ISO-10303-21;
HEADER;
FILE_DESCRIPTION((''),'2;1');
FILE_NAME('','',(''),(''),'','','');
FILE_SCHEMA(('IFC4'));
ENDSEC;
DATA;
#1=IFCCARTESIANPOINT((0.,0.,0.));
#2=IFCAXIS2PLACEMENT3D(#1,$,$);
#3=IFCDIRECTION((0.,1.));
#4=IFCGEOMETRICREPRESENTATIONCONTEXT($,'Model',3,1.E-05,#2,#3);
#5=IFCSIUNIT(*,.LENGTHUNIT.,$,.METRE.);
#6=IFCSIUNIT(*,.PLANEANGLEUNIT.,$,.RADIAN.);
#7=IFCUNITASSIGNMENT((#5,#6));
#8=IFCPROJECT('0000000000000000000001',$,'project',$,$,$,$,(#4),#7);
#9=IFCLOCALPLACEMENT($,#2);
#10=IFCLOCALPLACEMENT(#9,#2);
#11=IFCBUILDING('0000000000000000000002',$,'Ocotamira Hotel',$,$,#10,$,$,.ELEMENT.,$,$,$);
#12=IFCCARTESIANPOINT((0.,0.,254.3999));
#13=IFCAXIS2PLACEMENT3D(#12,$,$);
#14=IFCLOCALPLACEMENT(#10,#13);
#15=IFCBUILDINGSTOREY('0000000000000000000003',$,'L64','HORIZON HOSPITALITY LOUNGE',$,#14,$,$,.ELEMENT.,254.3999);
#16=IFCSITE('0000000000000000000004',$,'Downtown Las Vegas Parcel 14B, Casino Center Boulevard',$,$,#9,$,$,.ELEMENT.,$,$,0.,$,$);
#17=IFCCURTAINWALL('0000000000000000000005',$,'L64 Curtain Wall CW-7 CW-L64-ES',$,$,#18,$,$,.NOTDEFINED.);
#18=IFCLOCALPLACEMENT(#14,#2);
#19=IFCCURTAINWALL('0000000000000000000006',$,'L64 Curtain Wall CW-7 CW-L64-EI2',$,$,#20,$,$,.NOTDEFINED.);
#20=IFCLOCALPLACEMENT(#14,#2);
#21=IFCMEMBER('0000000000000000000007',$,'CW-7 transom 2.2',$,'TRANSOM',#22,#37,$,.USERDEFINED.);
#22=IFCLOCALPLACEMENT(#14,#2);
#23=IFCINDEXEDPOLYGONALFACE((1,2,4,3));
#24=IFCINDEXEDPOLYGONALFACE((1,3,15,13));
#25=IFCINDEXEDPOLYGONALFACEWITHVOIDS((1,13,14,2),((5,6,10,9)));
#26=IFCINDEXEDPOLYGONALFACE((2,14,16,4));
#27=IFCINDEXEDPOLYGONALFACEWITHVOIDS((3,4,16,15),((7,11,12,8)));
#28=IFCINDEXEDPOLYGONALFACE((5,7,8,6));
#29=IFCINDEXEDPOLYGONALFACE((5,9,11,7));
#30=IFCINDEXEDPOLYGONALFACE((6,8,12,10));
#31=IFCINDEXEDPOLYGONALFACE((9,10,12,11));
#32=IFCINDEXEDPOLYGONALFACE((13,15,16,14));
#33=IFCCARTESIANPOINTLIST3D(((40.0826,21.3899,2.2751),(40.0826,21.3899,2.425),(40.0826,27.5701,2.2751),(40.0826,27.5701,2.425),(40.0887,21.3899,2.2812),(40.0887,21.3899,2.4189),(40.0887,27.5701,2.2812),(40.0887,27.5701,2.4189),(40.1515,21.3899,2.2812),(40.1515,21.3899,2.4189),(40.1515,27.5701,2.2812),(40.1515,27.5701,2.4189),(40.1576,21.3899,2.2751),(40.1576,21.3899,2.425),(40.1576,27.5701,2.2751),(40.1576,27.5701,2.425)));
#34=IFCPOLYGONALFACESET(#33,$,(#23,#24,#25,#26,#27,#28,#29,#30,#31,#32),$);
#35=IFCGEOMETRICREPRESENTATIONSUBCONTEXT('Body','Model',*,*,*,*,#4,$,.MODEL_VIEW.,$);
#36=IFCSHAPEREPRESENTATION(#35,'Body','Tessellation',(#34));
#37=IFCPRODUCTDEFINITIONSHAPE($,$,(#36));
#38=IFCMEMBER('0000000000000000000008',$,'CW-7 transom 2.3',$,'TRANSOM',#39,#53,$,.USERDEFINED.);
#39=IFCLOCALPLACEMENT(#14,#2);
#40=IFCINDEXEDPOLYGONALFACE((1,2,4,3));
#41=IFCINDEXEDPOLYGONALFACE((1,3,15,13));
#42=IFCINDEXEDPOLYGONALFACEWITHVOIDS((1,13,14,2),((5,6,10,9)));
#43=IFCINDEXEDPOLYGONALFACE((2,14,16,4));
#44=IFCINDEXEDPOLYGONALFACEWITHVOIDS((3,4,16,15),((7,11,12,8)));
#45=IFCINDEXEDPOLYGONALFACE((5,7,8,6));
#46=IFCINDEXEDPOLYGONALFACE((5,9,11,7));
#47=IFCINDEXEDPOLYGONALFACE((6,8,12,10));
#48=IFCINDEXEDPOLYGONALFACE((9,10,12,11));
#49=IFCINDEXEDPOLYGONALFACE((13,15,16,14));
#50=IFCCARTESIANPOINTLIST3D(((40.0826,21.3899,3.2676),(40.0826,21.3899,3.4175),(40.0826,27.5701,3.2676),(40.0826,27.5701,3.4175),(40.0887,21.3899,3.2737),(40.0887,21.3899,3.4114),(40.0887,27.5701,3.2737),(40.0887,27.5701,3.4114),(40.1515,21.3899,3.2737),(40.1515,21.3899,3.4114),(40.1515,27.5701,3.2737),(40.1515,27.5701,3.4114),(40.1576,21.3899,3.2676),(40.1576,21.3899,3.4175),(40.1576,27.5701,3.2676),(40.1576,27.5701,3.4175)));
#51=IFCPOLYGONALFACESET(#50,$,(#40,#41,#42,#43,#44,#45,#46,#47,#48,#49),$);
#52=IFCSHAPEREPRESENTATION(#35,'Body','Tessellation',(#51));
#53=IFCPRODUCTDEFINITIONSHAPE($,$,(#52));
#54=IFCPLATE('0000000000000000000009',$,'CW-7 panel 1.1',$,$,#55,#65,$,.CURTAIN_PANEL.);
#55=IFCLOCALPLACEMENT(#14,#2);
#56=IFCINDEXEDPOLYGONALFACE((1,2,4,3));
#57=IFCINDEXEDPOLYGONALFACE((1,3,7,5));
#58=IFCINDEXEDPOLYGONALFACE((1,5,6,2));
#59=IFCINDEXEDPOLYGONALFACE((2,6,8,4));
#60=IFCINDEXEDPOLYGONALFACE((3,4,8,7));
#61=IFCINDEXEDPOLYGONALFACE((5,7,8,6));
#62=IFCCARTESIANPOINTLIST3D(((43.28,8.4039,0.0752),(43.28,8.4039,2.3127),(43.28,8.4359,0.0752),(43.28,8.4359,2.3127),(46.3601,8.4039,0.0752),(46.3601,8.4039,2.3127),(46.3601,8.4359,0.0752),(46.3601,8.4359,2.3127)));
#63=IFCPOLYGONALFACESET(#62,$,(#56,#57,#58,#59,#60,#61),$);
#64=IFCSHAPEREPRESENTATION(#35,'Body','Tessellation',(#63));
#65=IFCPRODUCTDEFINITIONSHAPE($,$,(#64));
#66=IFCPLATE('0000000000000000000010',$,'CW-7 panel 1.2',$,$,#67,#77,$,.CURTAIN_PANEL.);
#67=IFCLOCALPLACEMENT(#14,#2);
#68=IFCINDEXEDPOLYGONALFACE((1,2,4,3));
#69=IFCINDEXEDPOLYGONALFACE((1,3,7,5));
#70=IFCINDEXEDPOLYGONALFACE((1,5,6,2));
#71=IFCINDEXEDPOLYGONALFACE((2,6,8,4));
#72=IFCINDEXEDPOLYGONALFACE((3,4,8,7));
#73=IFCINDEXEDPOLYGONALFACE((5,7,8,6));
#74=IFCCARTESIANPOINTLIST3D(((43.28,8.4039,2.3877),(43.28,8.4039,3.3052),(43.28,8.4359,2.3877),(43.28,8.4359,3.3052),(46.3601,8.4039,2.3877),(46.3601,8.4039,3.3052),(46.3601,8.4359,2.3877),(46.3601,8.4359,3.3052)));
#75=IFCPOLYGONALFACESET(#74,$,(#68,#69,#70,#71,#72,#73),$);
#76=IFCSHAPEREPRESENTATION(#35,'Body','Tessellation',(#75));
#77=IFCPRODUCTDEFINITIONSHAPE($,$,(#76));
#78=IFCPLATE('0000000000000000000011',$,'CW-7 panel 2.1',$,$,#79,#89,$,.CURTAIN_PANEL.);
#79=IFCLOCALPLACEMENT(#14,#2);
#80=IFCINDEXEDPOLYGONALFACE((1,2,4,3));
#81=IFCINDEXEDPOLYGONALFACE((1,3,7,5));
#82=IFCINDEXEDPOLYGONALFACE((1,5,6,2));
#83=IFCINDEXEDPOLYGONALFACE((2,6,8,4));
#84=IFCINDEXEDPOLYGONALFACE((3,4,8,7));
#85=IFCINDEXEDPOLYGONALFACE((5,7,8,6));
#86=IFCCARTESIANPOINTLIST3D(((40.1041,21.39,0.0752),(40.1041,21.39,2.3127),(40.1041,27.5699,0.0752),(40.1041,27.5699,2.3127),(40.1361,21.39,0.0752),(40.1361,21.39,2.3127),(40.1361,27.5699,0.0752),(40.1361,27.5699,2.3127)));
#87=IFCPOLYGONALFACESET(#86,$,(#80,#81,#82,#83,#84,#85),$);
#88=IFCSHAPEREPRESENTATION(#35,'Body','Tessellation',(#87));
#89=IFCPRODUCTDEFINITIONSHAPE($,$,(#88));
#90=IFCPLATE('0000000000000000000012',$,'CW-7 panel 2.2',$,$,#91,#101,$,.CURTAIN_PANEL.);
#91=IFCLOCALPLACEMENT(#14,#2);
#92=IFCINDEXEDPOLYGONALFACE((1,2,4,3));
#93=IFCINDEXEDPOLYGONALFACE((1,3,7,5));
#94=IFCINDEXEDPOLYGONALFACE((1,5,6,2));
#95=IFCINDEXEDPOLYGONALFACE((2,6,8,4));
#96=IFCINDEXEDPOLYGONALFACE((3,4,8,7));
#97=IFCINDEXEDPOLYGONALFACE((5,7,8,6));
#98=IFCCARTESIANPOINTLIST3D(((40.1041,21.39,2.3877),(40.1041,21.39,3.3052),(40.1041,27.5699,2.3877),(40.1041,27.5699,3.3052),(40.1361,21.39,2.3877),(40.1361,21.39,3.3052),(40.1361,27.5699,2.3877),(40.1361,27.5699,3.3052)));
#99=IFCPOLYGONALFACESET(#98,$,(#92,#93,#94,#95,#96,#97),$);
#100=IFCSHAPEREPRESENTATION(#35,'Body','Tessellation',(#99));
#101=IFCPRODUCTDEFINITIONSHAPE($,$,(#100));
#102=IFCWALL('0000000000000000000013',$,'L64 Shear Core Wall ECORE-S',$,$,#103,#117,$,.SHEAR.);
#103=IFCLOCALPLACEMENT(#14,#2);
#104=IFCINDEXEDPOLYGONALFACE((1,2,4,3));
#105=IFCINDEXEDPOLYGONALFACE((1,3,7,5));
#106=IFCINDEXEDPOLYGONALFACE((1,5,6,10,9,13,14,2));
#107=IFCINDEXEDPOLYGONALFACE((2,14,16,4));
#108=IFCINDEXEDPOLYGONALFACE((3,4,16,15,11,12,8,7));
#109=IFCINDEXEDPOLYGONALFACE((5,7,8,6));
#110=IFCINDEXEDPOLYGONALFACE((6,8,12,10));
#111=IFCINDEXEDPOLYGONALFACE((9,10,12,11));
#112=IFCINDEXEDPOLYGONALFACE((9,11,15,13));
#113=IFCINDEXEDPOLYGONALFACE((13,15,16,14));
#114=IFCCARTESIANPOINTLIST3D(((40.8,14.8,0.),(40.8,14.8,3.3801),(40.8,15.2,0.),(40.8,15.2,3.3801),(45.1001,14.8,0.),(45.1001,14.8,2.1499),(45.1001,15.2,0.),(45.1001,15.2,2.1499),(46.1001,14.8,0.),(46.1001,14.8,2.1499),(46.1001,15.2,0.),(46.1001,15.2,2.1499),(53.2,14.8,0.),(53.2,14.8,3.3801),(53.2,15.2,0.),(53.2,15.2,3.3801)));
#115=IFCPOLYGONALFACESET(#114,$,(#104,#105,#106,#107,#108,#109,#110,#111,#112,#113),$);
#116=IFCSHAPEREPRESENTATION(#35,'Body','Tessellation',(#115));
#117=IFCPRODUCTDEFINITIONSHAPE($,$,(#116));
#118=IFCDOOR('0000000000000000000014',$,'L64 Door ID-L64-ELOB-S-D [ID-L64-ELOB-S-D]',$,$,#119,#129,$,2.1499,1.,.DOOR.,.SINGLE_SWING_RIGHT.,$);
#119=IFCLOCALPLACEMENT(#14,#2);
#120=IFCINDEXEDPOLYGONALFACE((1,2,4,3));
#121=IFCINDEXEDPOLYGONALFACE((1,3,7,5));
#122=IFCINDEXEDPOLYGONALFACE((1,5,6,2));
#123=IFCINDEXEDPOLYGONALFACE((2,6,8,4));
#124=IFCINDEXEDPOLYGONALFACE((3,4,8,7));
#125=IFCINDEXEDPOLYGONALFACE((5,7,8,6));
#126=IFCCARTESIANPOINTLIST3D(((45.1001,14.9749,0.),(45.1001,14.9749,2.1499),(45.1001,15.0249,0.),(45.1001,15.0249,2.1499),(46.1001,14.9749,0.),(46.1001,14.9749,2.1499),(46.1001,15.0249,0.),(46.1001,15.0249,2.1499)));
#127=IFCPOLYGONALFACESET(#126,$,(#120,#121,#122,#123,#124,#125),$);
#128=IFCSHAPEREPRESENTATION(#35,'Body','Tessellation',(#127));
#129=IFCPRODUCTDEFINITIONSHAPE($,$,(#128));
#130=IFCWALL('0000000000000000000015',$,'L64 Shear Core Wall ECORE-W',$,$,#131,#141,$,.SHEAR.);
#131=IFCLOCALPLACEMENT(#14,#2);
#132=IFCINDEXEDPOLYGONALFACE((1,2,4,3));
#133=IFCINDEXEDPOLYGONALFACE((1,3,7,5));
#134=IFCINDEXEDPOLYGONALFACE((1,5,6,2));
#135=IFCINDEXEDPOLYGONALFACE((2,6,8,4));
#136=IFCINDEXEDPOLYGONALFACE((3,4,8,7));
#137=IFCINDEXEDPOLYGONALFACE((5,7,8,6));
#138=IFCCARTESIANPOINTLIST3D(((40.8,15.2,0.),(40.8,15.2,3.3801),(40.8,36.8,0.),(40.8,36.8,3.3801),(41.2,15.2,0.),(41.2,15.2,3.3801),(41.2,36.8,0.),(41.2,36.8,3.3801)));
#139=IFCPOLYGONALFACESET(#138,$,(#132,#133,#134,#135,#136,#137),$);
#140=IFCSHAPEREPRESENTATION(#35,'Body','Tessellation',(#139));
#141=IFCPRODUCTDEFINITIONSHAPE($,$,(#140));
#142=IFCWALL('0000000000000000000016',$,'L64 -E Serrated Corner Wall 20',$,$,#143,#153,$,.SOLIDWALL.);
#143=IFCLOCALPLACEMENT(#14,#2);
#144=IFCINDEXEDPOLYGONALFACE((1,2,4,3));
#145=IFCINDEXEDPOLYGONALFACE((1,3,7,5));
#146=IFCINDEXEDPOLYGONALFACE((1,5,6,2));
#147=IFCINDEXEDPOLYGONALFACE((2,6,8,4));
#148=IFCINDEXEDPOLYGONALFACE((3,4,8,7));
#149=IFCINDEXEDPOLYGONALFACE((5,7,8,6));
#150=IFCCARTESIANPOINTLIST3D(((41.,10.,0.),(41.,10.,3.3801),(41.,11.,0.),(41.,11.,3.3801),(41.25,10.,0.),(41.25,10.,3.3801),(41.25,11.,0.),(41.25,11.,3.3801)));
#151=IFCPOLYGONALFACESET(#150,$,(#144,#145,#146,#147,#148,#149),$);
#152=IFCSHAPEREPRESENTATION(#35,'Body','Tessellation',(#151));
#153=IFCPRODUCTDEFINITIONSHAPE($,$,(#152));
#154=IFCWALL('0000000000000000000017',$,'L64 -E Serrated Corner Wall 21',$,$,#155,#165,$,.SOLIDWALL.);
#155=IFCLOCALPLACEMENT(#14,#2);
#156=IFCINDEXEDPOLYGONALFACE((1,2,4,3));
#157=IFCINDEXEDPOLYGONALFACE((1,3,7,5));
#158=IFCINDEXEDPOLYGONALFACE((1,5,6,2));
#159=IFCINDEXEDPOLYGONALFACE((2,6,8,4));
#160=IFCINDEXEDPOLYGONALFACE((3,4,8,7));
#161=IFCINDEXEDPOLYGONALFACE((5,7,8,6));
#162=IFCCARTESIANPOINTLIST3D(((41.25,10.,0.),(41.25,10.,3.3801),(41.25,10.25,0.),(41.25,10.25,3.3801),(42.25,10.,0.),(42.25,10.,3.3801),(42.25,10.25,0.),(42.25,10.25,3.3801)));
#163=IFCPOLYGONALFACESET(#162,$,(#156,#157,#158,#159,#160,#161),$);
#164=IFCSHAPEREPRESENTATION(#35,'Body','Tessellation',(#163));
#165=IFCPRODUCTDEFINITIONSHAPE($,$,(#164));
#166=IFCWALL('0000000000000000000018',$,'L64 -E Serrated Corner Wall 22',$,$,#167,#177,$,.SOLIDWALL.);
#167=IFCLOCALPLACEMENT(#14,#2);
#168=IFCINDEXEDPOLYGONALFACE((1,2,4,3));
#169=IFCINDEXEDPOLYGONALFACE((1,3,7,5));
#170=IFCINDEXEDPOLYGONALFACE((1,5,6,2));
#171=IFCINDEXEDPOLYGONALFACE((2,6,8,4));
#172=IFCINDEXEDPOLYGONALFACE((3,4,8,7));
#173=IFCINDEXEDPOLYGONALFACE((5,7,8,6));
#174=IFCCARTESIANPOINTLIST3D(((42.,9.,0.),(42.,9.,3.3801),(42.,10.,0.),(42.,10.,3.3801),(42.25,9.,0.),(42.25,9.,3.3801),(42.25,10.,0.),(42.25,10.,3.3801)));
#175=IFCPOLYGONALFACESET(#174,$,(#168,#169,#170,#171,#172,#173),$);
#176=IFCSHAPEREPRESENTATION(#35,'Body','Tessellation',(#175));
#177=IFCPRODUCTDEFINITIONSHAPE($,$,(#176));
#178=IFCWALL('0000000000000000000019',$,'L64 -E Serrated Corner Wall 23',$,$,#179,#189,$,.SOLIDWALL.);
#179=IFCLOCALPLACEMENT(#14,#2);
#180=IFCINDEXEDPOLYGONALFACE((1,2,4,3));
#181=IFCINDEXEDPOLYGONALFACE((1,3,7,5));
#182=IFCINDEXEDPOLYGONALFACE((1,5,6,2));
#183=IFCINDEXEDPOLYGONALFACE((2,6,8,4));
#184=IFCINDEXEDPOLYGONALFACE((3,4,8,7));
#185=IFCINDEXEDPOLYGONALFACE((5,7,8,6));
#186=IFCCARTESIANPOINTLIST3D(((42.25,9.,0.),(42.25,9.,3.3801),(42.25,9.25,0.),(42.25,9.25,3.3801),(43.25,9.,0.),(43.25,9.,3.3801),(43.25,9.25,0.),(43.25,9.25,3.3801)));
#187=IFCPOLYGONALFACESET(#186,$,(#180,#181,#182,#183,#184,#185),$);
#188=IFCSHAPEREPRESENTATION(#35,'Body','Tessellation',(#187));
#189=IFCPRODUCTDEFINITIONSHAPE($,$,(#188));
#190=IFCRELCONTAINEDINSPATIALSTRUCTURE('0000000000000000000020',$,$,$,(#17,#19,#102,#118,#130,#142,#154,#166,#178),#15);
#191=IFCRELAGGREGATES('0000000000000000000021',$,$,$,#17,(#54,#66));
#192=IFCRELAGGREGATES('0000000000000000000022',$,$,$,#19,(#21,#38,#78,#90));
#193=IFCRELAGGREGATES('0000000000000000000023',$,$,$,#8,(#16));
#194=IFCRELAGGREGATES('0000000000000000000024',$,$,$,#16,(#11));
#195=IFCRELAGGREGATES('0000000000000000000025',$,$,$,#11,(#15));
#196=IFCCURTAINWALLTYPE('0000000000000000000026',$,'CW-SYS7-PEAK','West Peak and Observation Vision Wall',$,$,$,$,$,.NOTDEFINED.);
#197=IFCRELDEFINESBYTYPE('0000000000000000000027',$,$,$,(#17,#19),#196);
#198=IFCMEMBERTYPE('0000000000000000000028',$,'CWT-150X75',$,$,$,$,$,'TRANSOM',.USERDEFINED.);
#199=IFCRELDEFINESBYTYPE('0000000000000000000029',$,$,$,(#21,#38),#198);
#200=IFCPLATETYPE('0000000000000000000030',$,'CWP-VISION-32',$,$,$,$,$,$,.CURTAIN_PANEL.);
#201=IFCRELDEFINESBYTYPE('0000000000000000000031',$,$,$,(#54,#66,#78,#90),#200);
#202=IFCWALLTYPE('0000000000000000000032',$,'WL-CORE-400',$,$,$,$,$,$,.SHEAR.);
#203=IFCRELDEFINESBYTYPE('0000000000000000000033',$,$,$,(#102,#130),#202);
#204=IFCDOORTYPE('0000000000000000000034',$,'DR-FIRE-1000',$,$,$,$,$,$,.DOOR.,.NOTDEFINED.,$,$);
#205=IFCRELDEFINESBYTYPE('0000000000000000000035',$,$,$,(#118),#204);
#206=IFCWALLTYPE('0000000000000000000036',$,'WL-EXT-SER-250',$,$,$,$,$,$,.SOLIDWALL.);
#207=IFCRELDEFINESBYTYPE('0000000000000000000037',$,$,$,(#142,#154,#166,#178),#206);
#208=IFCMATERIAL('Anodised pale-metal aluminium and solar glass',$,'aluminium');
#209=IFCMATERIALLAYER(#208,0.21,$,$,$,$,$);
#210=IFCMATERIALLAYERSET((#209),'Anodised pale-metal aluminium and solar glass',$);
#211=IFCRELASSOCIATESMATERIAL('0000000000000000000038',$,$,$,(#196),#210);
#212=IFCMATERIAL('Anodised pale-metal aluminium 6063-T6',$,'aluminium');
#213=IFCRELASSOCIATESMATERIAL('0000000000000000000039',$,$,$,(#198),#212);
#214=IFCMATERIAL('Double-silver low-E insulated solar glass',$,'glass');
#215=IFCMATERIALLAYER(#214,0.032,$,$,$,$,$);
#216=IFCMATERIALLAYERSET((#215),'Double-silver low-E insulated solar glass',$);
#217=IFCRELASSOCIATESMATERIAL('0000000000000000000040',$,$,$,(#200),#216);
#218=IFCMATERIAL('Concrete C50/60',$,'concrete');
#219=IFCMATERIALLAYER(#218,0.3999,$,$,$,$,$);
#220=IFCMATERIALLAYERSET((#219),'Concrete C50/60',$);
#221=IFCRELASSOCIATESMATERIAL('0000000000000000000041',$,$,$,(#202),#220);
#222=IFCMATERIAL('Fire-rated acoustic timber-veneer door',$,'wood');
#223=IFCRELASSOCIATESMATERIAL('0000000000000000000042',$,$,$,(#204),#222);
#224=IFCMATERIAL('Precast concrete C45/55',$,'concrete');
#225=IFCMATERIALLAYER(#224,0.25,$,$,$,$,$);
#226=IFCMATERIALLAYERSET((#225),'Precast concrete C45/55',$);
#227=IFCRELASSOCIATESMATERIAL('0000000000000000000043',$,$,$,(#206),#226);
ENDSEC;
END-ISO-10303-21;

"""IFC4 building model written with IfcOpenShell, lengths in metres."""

from ifc_helpers import new_model, si_unit, direction, frame, frame_2d, origin, origin_2d, place, context, subcontext, project, spatial, rectangle, hollow_rectangle, extrude, source, transform, mapped, material, layer, layer_set, material_profile, profile_set, type_object, element, fill, aggregate, save


model = new_model("IFC4")

# Units and contexts
model_context = context("Model", 3, precision=1e-05, world=origin(), true_north=direction((0.0, 1.0)))
body_context = subcontext(model_context, "Body", "Model", "MODEL_VIEW")
ifc_project = project(units=[si_unit("LENGTHUNIT", "METRE"), si_unit("PLANEANGLEUNIT", "RADIAN")], contexts=[model_context])

# Site, building, storey
site_placement = place(None, origin())
site = spatial("IfcSite", under=ifc_project, at=site_placement, Name="Downtown Las Vegas Parcel 14B, Casino Center Boulevard", CompositionType="ELEMENT", RefElevation=0.0)
building_placement = place(site_placement, origin())
building = spatial("IfcBuilding", under=site, at=building_placement, Name="Ocotamira Hotel", CompositionType="ELEMENT")
storey_placement = place(building_placement, frame((0.0, 0.0, 254.3999)))
storey = spatial("IfcBuildingStorey", under=building, at=storey_placement, Name="L64", Description="HORIZON HOSPITALITY LOUNGE", CompositionType="ELEMENT", Elevation=254.3999)

# Curtain walls
ifc_material_1 = material(Name="Anodised pale-metal aluminium and solar glass", Category="aluminium")
ifc_layer_1 = layer(ifc_material_1, 0.21)
ifc_layer_set_1 = layer_set([ifc_layer_1], Name="Anodised pale-metal aluminium and solar glass")
curtain_wall_type = type_object("IfcCurtainWallType", Name="CW-SYS7-PEAK", Description="West Peak and Observation Vision Wall", PredefinedType="NOTDEFINED", material=ifc_layer_set_1)
curtain_wall_1_placement = place(storey_placement, origin())
curtain_wall_1 = element("IfcCurtainWall", 1, at=curtain_wall_1_placement, inside=storey, type_object=curtain_wall_type, Name="L64 Curtain Wall CW-7 CW-L64-ES", PredefinedType="NOTDEFINED")
ifc_material_2 = material(Name="Anodised pale-metal aluminium 6063-T6", Category="aluminium")
curtain_wall_2_placement = place(storey_placement, origin())
curtain_wall_2 = element("IfcCurtainWall", 2, at=curtain_wall_2_placement, inside=storey, type_object=curtain_wall_type, Name="L64 Curtain Wall CW-7 CW-L64-EI2", PredefinedType="NOTDEFINED")

# Members
ifc_material_profile_1 = material_profile(ifc_material_2, hollow_rectangle(XDim=0.075, YDim=0.1499, WallThickness=0.0061, at=origin_2d()), Name="HSS150X75X6")
ifc_profile_set_1 = profile_set([ifc_material_profile_1], Name="Anodised pale-metal aluminium 6063-T6")
member_type_1 = type_object("IfcMemberType", Name="CWT-150X75", ElementType="TRANSOM", PredefinedType="USERDEFINED", material=ifc_profile_set_1)
shared_shape_1 = source(origin(), body_context, "Body", "SweptSolid", [
    extrude(hollow_rectangle(XDim=0.075, YDim=0.1499, WallThickness=0.0061, at=origin_2d()), origin(), (0.0, 0.0, 1.0), 6.1802),
])
member_1_placement = place(storey_placement, frame((40.1201, 21.3899, 2.3501), z_axis=(0.0, 1.0, 0.0), x_axis=(-1.0, 0.0, 0.0)))
member_1 = element("IfcMember", 3, at=member_1_placement, type_object=member_type_1, Name="CW-7 transom 2.2", ObjectType="TRANSOM", PredefinedType="USERDEFINED", context=body_context, shape_type="MappedRepresentation", body=[
    mapped(shared_shape_1, transform((0.0, 0.0, 0.0), scale=1.0)),
])
member_2_placement = place(storey_placement, frame((40.1201, 21.3899, 3.3425), z_axis=(0.0, 1.0, 0.0), x_axis=(-1.0, 0.0, 0.0)))
member_2 = element("IfcMember", 4, at=member_2_placement, type_object=member_type_1, Name="CW-7 transom 2.3", ObjectType="TRANSOM", PredefinedType="USERDEFINED", context=body_context, shape_type="MappedRepresentation", body=[
    mapped(shared_shape_1, transform((0.0, 0.0, 0.0), scale=1.0)),
])

# Plates
ifc_material_3 = material(Name="Double-silver low-E insulated solar glass", Category="glass")
ifc_layer_2 = layer(ifc_material_3, 0.032)
ifc_layer_set_2 = layer_set([ifc_layer_2], Name="Double-silver low-E insulated solar glass")
plate_type = type_object("IfcPlateType", Name="CWP-VISION-32", PredefinedType="CURTAIN_PANEL", material=ifc_layer_set_2)
shared_shape_2 = source(origin(), body_context, "Body", "SweptSolid", [
    extrude(rectangle(XDim=3.0801, YDim=0.032, at=origin_2d()), origin(), (0.0, 0.0, 1.0), 2.2375),
])
plate_1_placement = place(storey_placement, frame((44.8201, 8.4199, 0.0752), z_axis=(0.0, 0.0, 1.0), x_axis=(1.0, 0.0, 0.0)))
plate_1 = element("IfcPlate", 5, at=plate_1_placement, type_object=plate_type, Name="CW-7 panel 1.1", PredefinedType="CURTAIN_PANEL", context=body_context, shape_type="MappedRepresentation", body=[
    mapped(shared_shape_2, transform((0.0, 0.0, 0.0), scale=1.0)),
])
shared_shape_3 = source(origin(), body_context, "Body", "SweptSolid", [
    extrude(rectangle(XDim=3.0801, YDim=0.032, at=origin_2d()), origin(), (0.0, 0.0, 1.0), 0.9175),
])
plate_2_placement = place(storey_placement, frame((44.8201, 8.4199, 2.3877), z_axis=(0.0, 0.0, 1.0), x_axis=(1.0, 0.0, 0.0)))
plate_2 = element("IfcPlate", 6, at=plate_2_placement, type_object=plate_type, Name="CW-7 panel 1.2", PredefinedType="CURTAIN_PANEL", context=body_context, shape_type="MappedRepresentation", body=[
    mapped(shared_shape_3, transform((0.0, 0.0, 0.0), scale=1.0)),
])
aggregate(curtain_wall_1, [plate_1, plate_2])
shared_shape_4 = source(origin(), body_context, "Body", "SweptSolid", [
    extrude(rectangle(XDim=6.1799, YDim=0.032, at=origin_2d()), origin(), (0.0, 0.0, 1.0), 2.2375),
])
plate_3_placement = place(storey_placement, frame((40.1201, 24.48, 0.0752), z_axis=(0.0, 0.0, 1.0), x_axis=(0.0, 1.0, 0.0)))
plate_3 = element("IfcPlate", 7, at=plate_3_placement, type_object=plate_type, Name="CW-7 panel 2.1", PredefinedType="CURTAIN_PANEL", context=body_context, shape_type="MappedRepresentation", body=[
    mapped(shared_shape_4, transform((0.0, 0.0, 0.0), scale=1.0)),
])
shared_shape_5 = source(origin(), body_context, "Body", "SweptSolid", [
    extrude(rectangle(XDim=6.1799, YDim=0.032, at=origin_2d()), origin(), (0.0, 0.0, 1.0), 0.9175),
])
plate_4_placement = place(storey_placement, frame((40.1201, 24.48, 2.3877), z_axis=(0.0, 0.0, 1.0), x_axis=(0.0, 1.0, 0.0)))
plate_4 = element("IfcPlate", 8, at=plate_4_placement, type_object=plate_type, Name="CW-7 panel 2.2", PredefinedType="CURTAIN_PANEL", context=body_context, shape_type="MappedRepresentation", body=[
    mapped(shared_shape_5, transform((0.0, 0.0, 0.0), scale=1.0)),
])
aggregate(curtain_wall_2, [member_1, member_2, plate_3, plate_4])

# Wall, opening, door
ifc_material_4 = material(Name="Concrete C50/60", Category="concrete")
ifc_layer_3 = layer(ifc_material_4, 0.3999)
ifc_layer_set_3 = layer_set([ifc_layer_3], Name="Concrete C50/60")
wall_type_1 = type_object("IfcWallType", Name="WL-CORE-400", PredefinedType="SHEAR", material=ifc_layer_set_3)
wall_1_placement = place(storey_placement, frame((40.8, 15.0, 0.0), z_axis=(0.0, 0.0, 1.0), x_axis=(1.0, 0.0, 0.0)))
wall_1 = element("IfcWall", 9, at=wall_1_placement, inside=storey, type_object=wall_type_1, Name="L64 Shear Core Wall ECORE-S", PredefinedType="SHEAR", context=body_context, shape_type="SweptSolid", body=[
    extrude(rectangle(XDim=12.3999, YDim=0.3999, at=frame_2d((6.2, 0.0))), origin(), (0.0, 0.0, 1.0), 3.3801),
])
opening_1_placement = place(wall_1_placement, frame((4.3, 0.0, 0.0)))
opening_1 = element("IfcOpeningElement", 10, at=opening_1_placement, cuts=wall_1, PredefinedType="OPENING", context=body_context, shape_type="SweptSolid", body=[
    extrude(rectangle(XDim=1.0, YDim=2.1499, at=frame_2d((0.5, 1.075))), frame((0.0, 0.21, 0.0), z_axis=(0.0, -1.0, 0.0), x_axis=(1.0, 0.0, 0.0)), (0.0, 0.0, 1.0), 0.4199),
])
ifc_material_5 = material(Name="Fire-rated acoustic timber-veneer door", Category="wood")
door_type_1 = type_object("IfcDoorType", Name="DR-FIRE-1000", OperationType="NOTDEFINED", PredefinedType="DOOR", material=ifc_material_5)
shared_shape_6 = source(origin(), body_context, "Body", "SweptSolid", [
    extrude(rectangle(XDim=1.0, YDim=2.1499, at=frame_2d((0.5, 1.075))), frame((0.0, 0.0249, 0.0), z_axis=(0.0, -1.0, 0.0), x_axis=(1.0, 0.0, 0.0)), (0.0, 0.0, 1.0), 0.05),
])
door_1_placement = place(opening_1_placement, origin())
door_1 = element("IfcDoor", 11, at=door_1_placement, inside=storey, type_object=door_type_1, Name="L64 Door ID-L64-ELOB-S-D [ID-L64-ELOB-S-D]", OperationType="SINGLE_SWING_RIGHT", OverallHeight=2.1499, OverallWidth=1.0, PredefinedType="DOOR", context=body_context, shape_type="MappedRepresentation", body=[
    mapped(shared_shape_6, transform((0.0, 0.0, 0.0), scale=1.0)),
])
fill(opening_1, door_1)

# Walls
wall_2_placement = place(storey_placement, frame((41.0, 15.2, 0.0), z_axis=(0.0, 0.0, 1.0), x_axis=(0.0, 1.0, 0.0)))
element("IfcWall", 12, at=wall_2_placement, inside=storey, type_object=wall_type_1, Name="L64 Shear Core Wall ECORE-W", PredefinedType="SHEAR", context=body_context, shape_type="SweptSolid", body=[
    extrude(rectangle(XDim=21.6001, YDim=0.3999, at=frame_2d((10.8, 0.0))), origin(), (0.0, 0.0, 1.0), 3.3801),
])
ifc_material_6 = material(Name="Precast concrete C45/55", Category="concrete")
ifc_layer_4 = layer(ifc_material_6, 0.25)
ifc_layer_set_4 = layer_set([ifc_layer_4], Name="Precast concrete C45/55")
wall_type_2 = type_object("IfcWallType", Name="WL-EXT-SER-250", PredefinedType="SOLIDWALL", material=ifc_layer_set_4)
for number, where, z_axis, x_axis, name in (
    (13, (41.125, 11.0, 0.0), (0.0, 0.0, 1.0), (0.0, -1.0, 0.0), "L64 -E Serrated Corner Wall 20"),
    (14, (41.25, 10.125, 0.0), (0.0, 0.0, 1.0), (1.0, 0.0, 0.0), "L64 -E Serrated Corner Wall 21"),
    (15, (42.125, 10.0, 0.0), (0.0, 0.0, 1.0), (0.0, -1.0, 0.0), "L64 -E Serrated Corner Wall 22"),
    (16, (42.25, 9.125, 0.0), (0.0, 0.0, 1.0), (1.0, 0.0, 0.0), "L64 -E Serrated Corner Wall 23"),
):
    element("IfcWall", number, at=place(storey_placement, frame(where, z_axis=z_axis, x_axis=x_axis)), inside=storey, type_object=wall_type_2, Name=name, PredefinedType="SOLIDWALL", context=body_context, shape_type="SweptSolid", body=[
        extrude(rectangle(XDim=1.0, YDim=0.25, at=frame_2d((0.5, 0.0))), origin(), (0.0, 0.0, 1.0), 3.3801),
    ])

save(model, "model.ifc")
